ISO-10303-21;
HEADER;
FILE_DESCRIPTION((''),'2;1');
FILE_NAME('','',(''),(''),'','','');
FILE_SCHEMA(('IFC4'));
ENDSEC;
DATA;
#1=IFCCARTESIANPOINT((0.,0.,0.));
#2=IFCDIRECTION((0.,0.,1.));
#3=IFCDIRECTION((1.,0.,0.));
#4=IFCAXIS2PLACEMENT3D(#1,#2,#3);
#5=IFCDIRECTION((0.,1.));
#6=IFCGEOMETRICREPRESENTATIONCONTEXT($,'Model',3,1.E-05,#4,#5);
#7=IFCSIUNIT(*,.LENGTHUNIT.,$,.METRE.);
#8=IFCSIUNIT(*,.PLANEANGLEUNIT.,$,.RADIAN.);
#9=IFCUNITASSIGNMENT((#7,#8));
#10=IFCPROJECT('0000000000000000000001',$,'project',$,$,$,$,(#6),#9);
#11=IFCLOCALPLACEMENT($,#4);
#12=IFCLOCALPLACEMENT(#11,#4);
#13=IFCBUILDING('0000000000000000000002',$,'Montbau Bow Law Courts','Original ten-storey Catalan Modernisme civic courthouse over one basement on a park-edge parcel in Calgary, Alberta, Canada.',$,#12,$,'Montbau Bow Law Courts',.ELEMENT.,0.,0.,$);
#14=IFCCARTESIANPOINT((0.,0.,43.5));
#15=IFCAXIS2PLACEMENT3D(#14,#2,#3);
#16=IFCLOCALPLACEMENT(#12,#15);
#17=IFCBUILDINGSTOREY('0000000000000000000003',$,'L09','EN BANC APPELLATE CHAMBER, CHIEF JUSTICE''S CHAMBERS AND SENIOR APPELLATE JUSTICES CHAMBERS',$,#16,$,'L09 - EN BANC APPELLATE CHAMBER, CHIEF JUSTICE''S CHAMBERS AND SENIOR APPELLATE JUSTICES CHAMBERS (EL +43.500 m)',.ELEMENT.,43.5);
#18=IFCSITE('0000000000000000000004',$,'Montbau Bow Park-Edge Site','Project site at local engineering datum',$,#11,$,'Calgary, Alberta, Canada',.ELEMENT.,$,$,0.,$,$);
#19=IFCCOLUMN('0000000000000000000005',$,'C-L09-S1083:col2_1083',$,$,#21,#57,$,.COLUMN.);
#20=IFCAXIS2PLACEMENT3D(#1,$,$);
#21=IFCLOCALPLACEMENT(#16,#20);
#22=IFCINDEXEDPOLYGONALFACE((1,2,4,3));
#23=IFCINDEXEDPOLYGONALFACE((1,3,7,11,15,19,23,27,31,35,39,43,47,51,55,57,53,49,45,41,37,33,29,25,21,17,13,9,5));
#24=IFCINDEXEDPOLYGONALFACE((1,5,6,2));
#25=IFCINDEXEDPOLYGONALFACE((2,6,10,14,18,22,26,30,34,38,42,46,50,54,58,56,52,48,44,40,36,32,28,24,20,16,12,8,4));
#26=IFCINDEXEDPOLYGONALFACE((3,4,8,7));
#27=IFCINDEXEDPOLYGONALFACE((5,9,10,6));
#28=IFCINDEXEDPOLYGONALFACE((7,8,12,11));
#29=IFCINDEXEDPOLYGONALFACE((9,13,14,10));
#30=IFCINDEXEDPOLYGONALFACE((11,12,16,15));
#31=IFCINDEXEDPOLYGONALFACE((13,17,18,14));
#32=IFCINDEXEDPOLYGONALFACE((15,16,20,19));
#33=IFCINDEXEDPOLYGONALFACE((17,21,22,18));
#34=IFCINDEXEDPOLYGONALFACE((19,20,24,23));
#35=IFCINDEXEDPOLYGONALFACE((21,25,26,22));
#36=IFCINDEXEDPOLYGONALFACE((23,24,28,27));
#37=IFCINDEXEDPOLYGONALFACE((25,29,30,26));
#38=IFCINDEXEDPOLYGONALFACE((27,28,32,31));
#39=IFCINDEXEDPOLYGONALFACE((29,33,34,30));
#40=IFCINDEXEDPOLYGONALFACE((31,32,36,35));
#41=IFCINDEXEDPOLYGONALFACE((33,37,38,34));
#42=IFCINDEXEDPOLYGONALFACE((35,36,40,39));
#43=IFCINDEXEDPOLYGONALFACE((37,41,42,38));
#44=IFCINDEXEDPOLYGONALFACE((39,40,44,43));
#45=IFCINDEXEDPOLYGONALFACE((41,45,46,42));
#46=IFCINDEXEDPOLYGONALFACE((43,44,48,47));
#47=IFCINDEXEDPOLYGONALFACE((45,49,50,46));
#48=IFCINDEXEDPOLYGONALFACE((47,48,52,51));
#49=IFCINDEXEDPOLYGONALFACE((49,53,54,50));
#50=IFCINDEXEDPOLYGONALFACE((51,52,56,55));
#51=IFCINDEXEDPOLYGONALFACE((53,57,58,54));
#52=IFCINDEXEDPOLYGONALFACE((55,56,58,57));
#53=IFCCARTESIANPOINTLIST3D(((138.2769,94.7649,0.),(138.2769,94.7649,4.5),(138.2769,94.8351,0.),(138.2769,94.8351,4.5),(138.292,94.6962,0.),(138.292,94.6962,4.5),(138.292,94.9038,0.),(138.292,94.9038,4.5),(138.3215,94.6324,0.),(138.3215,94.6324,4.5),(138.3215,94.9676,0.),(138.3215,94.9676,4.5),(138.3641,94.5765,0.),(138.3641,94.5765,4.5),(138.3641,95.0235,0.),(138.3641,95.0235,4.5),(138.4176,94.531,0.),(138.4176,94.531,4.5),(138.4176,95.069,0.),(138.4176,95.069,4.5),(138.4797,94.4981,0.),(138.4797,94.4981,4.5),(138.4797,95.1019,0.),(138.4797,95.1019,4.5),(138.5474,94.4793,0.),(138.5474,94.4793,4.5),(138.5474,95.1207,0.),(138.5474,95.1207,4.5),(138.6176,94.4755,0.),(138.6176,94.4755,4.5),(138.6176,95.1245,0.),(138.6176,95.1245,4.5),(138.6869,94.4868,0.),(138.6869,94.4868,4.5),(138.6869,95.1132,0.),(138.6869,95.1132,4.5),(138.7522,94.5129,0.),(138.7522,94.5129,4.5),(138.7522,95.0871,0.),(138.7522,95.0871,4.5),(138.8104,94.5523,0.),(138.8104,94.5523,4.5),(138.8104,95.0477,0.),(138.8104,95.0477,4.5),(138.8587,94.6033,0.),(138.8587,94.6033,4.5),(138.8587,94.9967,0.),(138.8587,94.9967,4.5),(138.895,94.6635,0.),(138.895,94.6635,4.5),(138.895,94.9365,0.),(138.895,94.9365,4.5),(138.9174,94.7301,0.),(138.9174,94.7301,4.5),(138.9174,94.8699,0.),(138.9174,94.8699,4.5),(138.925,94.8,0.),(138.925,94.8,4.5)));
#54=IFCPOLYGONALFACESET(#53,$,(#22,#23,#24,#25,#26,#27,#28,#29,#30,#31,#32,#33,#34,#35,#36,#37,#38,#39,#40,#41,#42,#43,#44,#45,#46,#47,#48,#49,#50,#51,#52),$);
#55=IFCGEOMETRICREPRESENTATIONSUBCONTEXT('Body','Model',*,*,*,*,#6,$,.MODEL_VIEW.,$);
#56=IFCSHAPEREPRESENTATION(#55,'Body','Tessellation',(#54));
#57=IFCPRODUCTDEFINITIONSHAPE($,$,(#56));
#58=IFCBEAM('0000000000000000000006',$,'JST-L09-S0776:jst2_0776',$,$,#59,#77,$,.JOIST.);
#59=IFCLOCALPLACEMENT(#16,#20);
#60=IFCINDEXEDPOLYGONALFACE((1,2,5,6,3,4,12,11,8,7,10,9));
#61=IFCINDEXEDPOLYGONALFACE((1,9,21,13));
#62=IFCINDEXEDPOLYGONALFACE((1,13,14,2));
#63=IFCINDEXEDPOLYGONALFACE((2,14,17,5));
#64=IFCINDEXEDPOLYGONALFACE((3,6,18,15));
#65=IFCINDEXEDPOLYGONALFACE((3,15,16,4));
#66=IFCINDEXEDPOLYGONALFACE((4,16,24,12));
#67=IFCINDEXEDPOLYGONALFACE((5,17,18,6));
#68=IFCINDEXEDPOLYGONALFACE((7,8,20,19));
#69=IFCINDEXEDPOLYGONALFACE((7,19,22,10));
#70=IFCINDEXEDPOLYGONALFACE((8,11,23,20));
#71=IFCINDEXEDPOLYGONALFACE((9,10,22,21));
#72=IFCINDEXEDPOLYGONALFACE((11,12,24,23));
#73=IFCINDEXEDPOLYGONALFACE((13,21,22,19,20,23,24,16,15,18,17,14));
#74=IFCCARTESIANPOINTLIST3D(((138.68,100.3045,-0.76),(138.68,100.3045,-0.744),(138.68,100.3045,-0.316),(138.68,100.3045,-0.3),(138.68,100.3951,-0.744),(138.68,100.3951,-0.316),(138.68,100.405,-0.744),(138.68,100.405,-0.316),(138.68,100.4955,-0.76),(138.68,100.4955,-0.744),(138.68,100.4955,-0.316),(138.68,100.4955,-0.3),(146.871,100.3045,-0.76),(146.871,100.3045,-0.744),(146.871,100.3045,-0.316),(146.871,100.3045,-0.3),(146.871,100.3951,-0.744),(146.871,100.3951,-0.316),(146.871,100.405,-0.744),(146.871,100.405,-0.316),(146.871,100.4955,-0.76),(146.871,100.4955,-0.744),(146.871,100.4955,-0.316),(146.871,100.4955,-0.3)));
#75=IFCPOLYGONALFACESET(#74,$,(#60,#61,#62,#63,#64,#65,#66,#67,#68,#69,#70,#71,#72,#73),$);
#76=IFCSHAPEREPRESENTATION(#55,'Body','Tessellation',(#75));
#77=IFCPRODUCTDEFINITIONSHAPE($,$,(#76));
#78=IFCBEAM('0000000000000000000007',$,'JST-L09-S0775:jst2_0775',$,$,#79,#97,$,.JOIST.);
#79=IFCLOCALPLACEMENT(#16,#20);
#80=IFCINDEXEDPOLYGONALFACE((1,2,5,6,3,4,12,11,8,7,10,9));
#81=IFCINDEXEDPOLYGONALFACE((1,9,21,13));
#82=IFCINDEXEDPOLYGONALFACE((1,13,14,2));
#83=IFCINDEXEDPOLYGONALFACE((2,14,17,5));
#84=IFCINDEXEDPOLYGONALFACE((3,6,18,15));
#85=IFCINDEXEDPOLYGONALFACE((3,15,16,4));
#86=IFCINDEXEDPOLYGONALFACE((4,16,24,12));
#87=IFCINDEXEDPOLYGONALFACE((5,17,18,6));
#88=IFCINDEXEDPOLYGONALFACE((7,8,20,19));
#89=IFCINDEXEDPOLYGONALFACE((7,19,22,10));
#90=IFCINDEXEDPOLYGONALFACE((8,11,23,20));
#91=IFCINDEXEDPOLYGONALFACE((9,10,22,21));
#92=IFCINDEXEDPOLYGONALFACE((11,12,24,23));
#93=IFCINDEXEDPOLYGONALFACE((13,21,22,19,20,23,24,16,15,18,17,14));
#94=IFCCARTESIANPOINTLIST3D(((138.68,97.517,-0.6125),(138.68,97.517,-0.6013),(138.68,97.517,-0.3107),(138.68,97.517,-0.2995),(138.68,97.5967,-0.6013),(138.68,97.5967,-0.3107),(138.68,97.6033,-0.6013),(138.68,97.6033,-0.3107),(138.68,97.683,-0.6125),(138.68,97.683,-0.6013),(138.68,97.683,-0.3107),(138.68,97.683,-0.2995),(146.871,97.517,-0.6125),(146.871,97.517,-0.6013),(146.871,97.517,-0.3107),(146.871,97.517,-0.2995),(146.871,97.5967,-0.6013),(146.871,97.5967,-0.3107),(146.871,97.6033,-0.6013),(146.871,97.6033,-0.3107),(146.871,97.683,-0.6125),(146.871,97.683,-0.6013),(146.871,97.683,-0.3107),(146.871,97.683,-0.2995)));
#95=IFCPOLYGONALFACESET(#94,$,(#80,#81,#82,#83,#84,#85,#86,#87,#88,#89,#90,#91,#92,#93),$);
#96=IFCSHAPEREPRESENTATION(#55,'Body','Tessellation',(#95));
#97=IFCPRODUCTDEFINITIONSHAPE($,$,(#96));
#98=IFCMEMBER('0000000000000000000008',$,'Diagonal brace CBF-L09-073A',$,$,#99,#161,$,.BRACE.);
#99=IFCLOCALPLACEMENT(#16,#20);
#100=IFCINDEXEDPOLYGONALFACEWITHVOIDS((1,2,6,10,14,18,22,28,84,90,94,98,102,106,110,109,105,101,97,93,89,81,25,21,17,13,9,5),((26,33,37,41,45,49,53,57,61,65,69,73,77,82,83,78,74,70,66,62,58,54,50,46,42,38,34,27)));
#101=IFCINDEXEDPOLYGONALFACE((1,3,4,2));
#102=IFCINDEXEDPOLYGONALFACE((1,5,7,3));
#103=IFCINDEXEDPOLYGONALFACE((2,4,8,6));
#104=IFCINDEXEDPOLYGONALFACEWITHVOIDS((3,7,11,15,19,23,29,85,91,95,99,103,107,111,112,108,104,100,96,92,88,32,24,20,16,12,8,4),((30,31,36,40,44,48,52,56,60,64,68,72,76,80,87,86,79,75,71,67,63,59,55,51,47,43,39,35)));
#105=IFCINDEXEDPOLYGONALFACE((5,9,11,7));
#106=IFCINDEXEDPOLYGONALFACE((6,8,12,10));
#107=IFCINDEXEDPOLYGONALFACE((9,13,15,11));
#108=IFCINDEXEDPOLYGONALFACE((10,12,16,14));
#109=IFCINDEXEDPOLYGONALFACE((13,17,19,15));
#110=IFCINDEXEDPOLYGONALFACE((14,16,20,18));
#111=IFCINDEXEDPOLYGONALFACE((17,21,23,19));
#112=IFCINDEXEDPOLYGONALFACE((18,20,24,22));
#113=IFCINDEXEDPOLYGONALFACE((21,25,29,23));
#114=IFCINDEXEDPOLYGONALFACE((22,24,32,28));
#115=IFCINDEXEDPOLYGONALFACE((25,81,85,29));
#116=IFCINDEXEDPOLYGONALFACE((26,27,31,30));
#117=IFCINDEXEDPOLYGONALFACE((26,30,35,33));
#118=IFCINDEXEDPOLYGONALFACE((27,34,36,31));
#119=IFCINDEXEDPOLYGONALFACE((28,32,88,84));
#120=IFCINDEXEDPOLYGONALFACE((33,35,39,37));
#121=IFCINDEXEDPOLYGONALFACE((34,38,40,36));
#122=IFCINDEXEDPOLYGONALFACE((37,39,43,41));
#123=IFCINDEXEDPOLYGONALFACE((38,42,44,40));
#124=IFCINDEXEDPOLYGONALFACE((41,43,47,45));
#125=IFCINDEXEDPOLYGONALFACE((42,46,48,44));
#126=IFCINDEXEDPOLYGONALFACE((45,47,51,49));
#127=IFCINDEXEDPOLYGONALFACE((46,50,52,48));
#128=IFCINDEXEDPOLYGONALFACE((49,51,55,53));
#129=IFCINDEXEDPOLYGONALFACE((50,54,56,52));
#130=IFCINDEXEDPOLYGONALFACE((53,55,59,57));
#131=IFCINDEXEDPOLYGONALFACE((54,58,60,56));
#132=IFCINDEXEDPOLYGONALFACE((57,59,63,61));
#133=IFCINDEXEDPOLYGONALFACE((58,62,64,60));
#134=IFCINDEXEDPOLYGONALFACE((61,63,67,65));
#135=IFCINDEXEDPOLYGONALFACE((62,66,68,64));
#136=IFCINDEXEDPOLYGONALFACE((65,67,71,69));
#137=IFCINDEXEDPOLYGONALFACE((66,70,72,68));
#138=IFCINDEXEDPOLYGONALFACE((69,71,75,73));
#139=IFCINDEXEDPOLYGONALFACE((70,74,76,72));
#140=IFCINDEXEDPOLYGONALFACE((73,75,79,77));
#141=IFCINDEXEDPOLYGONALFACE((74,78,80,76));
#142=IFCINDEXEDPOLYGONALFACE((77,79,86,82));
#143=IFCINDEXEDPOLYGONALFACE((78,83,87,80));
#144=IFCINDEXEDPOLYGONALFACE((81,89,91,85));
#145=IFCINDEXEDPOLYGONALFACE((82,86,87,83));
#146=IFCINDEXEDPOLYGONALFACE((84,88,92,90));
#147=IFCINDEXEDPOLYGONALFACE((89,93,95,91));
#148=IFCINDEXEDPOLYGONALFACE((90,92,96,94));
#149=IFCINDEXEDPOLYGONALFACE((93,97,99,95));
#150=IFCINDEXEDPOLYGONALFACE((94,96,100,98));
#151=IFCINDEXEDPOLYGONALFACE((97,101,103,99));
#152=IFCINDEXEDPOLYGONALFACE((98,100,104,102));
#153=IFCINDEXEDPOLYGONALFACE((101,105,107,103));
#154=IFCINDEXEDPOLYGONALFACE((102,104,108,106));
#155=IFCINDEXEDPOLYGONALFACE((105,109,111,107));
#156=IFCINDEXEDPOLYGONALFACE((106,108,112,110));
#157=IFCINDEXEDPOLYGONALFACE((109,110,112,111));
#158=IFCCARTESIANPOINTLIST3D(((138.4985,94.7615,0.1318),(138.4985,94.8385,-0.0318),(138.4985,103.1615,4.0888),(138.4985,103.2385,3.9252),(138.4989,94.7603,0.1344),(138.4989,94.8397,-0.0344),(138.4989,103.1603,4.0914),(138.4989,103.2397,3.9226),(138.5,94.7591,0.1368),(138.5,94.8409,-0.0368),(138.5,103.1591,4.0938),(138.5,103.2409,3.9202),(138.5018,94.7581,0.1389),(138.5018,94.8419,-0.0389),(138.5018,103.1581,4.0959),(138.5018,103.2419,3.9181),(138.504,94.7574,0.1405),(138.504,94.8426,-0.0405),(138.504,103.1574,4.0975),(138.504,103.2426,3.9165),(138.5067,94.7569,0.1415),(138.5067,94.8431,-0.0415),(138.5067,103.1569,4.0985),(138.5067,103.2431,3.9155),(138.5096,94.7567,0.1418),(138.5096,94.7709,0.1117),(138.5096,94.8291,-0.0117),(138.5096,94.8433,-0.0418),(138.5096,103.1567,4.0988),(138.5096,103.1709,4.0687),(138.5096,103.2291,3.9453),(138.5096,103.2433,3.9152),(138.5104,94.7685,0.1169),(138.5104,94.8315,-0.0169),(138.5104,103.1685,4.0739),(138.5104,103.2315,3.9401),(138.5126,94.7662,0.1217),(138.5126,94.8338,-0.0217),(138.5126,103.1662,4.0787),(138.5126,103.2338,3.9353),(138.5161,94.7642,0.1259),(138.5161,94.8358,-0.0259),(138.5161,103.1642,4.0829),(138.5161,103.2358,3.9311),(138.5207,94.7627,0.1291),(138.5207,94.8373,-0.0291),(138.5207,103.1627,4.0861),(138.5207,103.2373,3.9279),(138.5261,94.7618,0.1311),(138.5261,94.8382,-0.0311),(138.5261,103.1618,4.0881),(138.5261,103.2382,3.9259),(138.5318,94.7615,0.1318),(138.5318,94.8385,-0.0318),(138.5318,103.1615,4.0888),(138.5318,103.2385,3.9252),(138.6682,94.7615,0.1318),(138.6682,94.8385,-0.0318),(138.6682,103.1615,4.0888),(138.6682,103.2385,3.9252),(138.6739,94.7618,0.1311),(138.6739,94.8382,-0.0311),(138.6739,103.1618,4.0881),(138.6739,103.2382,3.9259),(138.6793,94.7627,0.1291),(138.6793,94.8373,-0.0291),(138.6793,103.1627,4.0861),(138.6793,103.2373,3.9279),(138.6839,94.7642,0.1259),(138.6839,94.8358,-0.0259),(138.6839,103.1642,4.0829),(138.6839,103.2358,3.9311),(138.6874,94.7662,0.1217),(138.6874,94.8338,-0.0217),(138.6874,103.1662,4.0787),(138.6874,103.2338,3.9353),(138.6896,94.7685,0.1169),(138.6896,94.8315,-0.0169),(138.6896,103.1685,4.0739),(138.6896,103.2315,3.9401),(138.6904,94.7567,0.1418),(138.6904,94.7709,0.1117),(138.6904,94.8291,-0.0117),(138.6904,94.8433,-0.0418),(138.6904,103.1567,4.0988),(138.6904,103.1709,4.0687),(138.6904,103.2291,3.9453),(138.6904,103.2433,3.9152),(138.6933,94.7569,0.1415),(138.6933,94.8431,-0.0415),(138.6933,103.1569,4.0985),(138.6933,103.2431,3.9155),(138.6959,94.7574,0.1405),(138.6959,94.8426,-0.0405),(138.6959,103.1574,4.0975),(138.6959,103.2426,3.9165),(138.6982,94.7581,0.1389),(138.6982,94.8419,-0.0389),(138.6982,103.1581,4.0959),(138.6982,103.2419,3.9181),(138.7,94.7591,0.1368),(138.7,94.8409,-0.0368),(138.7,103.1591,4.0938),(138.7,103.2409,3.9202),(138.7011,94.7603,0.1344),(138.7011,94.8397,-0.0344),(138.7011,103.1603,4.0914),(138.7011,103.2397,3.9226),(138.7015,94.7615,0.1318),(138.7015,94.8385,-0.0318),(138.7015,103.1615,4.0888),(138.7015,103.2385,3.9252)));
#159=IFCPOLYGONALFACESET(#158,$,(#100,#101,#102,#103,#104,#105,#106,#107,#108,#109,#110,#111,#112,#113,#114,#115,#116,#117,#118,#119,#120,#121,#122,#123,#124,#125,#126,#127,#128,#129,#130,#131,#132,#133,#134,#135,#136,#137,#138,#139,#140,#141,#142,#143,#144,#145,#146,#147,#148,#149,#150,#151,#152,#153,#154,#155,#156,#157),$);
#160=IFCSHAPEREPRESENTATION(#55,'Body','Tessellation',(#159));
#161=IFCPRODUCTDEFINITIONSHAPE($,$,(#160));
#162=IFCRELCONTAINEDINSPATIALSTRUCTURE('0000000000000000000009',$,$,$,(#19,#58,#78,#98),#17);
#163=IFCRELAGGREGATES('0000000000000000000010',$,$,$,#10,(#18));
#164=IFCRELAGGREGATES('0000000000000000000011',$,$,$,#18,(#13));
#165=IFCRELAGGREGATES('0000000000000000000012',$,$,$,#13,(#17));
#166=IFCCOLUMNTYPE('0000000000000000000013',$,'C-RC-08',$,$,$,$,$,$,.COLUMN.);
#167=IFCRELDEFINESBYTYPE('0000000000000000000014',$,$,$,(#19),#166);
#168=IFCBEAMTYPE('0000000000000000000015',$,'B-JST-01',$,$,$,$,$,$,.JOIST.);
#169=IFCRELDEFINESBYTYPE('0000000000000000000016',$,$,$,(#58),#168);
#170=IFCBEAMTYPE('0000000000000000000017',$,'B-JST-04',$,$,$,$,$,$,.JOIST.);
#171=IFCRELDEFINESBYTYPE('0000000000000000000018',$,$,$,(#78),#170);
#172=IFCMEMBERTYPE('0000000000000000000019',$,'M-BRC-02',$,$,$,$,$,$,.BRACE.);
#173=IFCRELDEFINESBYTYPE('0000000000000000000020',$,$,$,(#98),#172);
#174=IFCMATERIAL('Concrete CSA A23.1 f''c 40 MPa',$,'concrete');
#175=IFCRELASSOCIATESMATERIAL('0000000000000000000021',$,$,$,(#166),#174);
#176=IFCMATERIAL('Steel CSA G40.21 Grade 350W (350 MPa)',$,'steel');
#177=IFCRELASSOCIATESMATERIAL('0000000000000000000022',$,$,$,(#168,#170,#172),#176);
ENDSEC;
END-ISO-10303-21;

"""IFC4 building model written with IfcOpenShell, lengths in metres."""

from ifc_helpers import new_model, si_unit, direction, frame, origin_with_axes, origin_2d_with_axis, place, context, subcontext, project, spatial, hollow_rectangle, circle, i_section, extrude, material, material_profile, profile_set, type_object, element, save


model = new_model("IFC4")

# Units and contexts
model_context = context("Model", 3, precision=1e-05, world=origin_with_axes(), true_north=direction((0.0, 1.0)))
body_context = subcontext(model_context, "Body", "Model", "MODEL_VIEW")
ifc_project = project(units=[si_unit("LENGTHUNIT", "METRE"), si_unit("PLANEANGLEUNIT", "RADIAN")], contexts=[model_context])

# Site, building, storey
site_placement = place(None, origin_with_axes())
site = spatial("IfcSite", under=ifc_project, at=site_placement, Name="Montbau Bow Park-Edge Site", Description="Project site at local engineering datum", LongName="Calgary, Alberta, Canada", CompositionType="ELEMENT", RefElevation=0.0)
building_placement = place(site_placement, origin_with_axes())
building = spatial("IfcBuilding", under=site, at=building_placement, Name="Montbau Bow Law Courts", Description="Original ten-storey Catalan Modernisme civic courthouse over one basement on a park-edge parcel in Calgary, Alberta, Canada.", LongName="Montbau Bow Law Courts", CompositionType="ELEMENT", ElevationOfRefHeight=0.0, ElevationOfTerrain=0.0)
storey_placement = place(building_placement, frame((0.0, 0.0, 43.5), z_axis=(0.0, 0.0, 1.0), x_axis=(1.0, 0.0, 0.0)))
storey = spatial("IfcBuildingStorey", under=building, at=storey_placement, Name="L09", Description="EN BANC APPELLATE CHAMBER, CHIEF JUSTICE'S CHAMBERS AND SENIOR APPELLATE JUSTICES CHAMBERS", LongName="L09 - EN BANC APPELLATE CHAMBER, CHIEF JUSTICE'S CHAMBERS AND SENIOR APPELLATE JUSTICES CHAMBERS (EL +43.500 m)", CompositionType="ELEMENT", Elevation=43.5)

# Column
ifc_material_1 = material(Name="Concrete CSA A23.1 f'c 40 MPa", Category="concrete")
ifc_material_profile_1 = material_profile(ifc_material_1, circle(Radius=0.325, at=origin_2d_with_axis()), Name="RC650D", Category="Main", Priority=0)
ifc_profile_set_1 = profile_set([ifc_material_profile_1], Name="Concrete CSA A23.1 f'c 40 MPa")
column_type = type_object("IfcColumnType", Name="C-RC-08", PredefinedType="COLUMN", material=ifc_profile_set_1)
column_placement = place(None, frame((138.6, 94.8, 43.5), z_axis=(0.0, 0.0, 1.0), x_axis=(1.0, 0.0, 0.0)))
element("IfcColumn", 1, at=column_placement, inside=storey, type_object=column_type, Name="C-L09-S1083:col2_1083", PredefinedType="COLUMN", context=body_context, shape_type="SweptSolid", body=[
    extrude(circle(Radius=0.325, at=origin_2d_with_axis()), origin_with_axes(), (0.0, 0.0, 1.0), 4.5),
])

# Beams
ifc_material_2 = material(Name="Steel CSA G40.21 Grade 350W (350 MPa)", Category="steel")
ifc_material_profile_2 = material_profile(ifc_material_2, i_section(OverallWidth=0.191, OverallDepth=0.46, WebThickness=0.0099, FlangeThickness=0.016, at=origin_2d_with_axis()), Name="W460X82", Category="Main", Priority=0)
ifc_profile_set_2 = profile_set([ifc_material_profile_2], Name="Steel CSA G40.21 Grade 350W (350 MPa)")
beam_type_1 = type_object("IfcBeamType", Name="B-JST-01", PredefinedType="JOIST", material=ifc_profile_set_2)
beam_1_placement = place(None, frame((138.68, 100.4, 42.97), z_axis=(1.0, 0.0, 0.0), x_axis=(0.0, 1.0, 0.0)))
element("IfcBeam", 2, at=beam_1_placement, inside=storey, type_object=beam_type_1, Name="JST-L09-S0776:jst2_0776", PredefinedType="JOIST", context=body_context, shape_type="SweptSolid", body=[
    extrude(i_section(OverallWidth=0.191, OverallDepth=0.46, WebThickness=0.0099, FlangeThickness=0.016, at=origin_2d_with_axis()), origin_with_axes(), (0.0, 0.0, 1.0), 8.191),
])
ifc_material_profile_3 = material_profile(ifc_material_2, i_section(OverallWidth=0.166, OverallDepth=0.313, WebThickness=0.0066, FlangeThickness=0.0112, at=origin_2d_with_axis()), Name="W310X45", Category="Main", Priority=0)
ifc_profile_set_3 = profile_set([ifc_material_profile_3], Name="Steel CSA G40.21 Grade 350W (350 MPa)")
beam_type_2 = type_object("IfcBeamType", Name="B-JST-04", PredefinedType="JOIST", material=ifc_profile_set_3)
beam_2_placement = place(None, frame((138.68, 97.6, 43.044), z_axis=(1.0, 0.0, 0.0), x_axis=(0.0, 1.0, 0.0)))
element("IfcBeam", 3, at=beam_2_placement, inside=storey, type_object=beam_type_2, Name="JST-L09-S0775:jst2_0775", PredefinedType="JOIST", context=body_context, shape_type="SweptSolid", body=[
    extrude(i_section(OverallWidth=0.166, OverallDepth=0.313, WebThickness=0.0066, FlangeThickness=0.0112, at=origin_2d_with_axis()), origin_with_axes(), (0.0, 0.0, 1.0), 8.191),
])

# Member
ifc_material_profile_4 = material_profile(ifc_material_2, hollow_rectangle(XDim=0.203, YDim=0.203, WallThickness=0.0111, InnerFilletRadius=0.0222, OuterFilletRadius=0.0111, at=origin_2d_with_axis()), Name="HSS203X203X11", Category="Main", Priority=0)
ifc_profile_set_4 = profile_set([ifc_material_profile_4], Name="Steel CSA G40.21 Grade 350W (350 MPa)")
member_type_1 = type_object("IfcMemberType", Name="M-BRC-02", PredefinedType="BRACE", material=ifc_profile_set_4)
member_1_placement = place(None, frame((138.6, 94.8, 43.55), z_axis=(0.0, 0.90465, 0.426155), x_axis=(-1.0, 0.0, 0.0)))
element("IfcMember", 4, at=member_1_placement, inside=storey, type_object=member_type_1, Name="Diagonal brace CBF-L09-073A", PredefinedType="BRACE", context=body_context, shape_type="SweptSolid", body=[
    extrude(hollow_rectangle(XDim=0.203, YDim=0.203, WallThickness=0.0111, InnerFilletRadius=0.0222, OuterFilletRadius=0.0111, at=origin_2d_with_axis()), origin_with_axes(), (0.0, 0.0, 1.0), 9.2854),
])

save(model, "model.ifc")
